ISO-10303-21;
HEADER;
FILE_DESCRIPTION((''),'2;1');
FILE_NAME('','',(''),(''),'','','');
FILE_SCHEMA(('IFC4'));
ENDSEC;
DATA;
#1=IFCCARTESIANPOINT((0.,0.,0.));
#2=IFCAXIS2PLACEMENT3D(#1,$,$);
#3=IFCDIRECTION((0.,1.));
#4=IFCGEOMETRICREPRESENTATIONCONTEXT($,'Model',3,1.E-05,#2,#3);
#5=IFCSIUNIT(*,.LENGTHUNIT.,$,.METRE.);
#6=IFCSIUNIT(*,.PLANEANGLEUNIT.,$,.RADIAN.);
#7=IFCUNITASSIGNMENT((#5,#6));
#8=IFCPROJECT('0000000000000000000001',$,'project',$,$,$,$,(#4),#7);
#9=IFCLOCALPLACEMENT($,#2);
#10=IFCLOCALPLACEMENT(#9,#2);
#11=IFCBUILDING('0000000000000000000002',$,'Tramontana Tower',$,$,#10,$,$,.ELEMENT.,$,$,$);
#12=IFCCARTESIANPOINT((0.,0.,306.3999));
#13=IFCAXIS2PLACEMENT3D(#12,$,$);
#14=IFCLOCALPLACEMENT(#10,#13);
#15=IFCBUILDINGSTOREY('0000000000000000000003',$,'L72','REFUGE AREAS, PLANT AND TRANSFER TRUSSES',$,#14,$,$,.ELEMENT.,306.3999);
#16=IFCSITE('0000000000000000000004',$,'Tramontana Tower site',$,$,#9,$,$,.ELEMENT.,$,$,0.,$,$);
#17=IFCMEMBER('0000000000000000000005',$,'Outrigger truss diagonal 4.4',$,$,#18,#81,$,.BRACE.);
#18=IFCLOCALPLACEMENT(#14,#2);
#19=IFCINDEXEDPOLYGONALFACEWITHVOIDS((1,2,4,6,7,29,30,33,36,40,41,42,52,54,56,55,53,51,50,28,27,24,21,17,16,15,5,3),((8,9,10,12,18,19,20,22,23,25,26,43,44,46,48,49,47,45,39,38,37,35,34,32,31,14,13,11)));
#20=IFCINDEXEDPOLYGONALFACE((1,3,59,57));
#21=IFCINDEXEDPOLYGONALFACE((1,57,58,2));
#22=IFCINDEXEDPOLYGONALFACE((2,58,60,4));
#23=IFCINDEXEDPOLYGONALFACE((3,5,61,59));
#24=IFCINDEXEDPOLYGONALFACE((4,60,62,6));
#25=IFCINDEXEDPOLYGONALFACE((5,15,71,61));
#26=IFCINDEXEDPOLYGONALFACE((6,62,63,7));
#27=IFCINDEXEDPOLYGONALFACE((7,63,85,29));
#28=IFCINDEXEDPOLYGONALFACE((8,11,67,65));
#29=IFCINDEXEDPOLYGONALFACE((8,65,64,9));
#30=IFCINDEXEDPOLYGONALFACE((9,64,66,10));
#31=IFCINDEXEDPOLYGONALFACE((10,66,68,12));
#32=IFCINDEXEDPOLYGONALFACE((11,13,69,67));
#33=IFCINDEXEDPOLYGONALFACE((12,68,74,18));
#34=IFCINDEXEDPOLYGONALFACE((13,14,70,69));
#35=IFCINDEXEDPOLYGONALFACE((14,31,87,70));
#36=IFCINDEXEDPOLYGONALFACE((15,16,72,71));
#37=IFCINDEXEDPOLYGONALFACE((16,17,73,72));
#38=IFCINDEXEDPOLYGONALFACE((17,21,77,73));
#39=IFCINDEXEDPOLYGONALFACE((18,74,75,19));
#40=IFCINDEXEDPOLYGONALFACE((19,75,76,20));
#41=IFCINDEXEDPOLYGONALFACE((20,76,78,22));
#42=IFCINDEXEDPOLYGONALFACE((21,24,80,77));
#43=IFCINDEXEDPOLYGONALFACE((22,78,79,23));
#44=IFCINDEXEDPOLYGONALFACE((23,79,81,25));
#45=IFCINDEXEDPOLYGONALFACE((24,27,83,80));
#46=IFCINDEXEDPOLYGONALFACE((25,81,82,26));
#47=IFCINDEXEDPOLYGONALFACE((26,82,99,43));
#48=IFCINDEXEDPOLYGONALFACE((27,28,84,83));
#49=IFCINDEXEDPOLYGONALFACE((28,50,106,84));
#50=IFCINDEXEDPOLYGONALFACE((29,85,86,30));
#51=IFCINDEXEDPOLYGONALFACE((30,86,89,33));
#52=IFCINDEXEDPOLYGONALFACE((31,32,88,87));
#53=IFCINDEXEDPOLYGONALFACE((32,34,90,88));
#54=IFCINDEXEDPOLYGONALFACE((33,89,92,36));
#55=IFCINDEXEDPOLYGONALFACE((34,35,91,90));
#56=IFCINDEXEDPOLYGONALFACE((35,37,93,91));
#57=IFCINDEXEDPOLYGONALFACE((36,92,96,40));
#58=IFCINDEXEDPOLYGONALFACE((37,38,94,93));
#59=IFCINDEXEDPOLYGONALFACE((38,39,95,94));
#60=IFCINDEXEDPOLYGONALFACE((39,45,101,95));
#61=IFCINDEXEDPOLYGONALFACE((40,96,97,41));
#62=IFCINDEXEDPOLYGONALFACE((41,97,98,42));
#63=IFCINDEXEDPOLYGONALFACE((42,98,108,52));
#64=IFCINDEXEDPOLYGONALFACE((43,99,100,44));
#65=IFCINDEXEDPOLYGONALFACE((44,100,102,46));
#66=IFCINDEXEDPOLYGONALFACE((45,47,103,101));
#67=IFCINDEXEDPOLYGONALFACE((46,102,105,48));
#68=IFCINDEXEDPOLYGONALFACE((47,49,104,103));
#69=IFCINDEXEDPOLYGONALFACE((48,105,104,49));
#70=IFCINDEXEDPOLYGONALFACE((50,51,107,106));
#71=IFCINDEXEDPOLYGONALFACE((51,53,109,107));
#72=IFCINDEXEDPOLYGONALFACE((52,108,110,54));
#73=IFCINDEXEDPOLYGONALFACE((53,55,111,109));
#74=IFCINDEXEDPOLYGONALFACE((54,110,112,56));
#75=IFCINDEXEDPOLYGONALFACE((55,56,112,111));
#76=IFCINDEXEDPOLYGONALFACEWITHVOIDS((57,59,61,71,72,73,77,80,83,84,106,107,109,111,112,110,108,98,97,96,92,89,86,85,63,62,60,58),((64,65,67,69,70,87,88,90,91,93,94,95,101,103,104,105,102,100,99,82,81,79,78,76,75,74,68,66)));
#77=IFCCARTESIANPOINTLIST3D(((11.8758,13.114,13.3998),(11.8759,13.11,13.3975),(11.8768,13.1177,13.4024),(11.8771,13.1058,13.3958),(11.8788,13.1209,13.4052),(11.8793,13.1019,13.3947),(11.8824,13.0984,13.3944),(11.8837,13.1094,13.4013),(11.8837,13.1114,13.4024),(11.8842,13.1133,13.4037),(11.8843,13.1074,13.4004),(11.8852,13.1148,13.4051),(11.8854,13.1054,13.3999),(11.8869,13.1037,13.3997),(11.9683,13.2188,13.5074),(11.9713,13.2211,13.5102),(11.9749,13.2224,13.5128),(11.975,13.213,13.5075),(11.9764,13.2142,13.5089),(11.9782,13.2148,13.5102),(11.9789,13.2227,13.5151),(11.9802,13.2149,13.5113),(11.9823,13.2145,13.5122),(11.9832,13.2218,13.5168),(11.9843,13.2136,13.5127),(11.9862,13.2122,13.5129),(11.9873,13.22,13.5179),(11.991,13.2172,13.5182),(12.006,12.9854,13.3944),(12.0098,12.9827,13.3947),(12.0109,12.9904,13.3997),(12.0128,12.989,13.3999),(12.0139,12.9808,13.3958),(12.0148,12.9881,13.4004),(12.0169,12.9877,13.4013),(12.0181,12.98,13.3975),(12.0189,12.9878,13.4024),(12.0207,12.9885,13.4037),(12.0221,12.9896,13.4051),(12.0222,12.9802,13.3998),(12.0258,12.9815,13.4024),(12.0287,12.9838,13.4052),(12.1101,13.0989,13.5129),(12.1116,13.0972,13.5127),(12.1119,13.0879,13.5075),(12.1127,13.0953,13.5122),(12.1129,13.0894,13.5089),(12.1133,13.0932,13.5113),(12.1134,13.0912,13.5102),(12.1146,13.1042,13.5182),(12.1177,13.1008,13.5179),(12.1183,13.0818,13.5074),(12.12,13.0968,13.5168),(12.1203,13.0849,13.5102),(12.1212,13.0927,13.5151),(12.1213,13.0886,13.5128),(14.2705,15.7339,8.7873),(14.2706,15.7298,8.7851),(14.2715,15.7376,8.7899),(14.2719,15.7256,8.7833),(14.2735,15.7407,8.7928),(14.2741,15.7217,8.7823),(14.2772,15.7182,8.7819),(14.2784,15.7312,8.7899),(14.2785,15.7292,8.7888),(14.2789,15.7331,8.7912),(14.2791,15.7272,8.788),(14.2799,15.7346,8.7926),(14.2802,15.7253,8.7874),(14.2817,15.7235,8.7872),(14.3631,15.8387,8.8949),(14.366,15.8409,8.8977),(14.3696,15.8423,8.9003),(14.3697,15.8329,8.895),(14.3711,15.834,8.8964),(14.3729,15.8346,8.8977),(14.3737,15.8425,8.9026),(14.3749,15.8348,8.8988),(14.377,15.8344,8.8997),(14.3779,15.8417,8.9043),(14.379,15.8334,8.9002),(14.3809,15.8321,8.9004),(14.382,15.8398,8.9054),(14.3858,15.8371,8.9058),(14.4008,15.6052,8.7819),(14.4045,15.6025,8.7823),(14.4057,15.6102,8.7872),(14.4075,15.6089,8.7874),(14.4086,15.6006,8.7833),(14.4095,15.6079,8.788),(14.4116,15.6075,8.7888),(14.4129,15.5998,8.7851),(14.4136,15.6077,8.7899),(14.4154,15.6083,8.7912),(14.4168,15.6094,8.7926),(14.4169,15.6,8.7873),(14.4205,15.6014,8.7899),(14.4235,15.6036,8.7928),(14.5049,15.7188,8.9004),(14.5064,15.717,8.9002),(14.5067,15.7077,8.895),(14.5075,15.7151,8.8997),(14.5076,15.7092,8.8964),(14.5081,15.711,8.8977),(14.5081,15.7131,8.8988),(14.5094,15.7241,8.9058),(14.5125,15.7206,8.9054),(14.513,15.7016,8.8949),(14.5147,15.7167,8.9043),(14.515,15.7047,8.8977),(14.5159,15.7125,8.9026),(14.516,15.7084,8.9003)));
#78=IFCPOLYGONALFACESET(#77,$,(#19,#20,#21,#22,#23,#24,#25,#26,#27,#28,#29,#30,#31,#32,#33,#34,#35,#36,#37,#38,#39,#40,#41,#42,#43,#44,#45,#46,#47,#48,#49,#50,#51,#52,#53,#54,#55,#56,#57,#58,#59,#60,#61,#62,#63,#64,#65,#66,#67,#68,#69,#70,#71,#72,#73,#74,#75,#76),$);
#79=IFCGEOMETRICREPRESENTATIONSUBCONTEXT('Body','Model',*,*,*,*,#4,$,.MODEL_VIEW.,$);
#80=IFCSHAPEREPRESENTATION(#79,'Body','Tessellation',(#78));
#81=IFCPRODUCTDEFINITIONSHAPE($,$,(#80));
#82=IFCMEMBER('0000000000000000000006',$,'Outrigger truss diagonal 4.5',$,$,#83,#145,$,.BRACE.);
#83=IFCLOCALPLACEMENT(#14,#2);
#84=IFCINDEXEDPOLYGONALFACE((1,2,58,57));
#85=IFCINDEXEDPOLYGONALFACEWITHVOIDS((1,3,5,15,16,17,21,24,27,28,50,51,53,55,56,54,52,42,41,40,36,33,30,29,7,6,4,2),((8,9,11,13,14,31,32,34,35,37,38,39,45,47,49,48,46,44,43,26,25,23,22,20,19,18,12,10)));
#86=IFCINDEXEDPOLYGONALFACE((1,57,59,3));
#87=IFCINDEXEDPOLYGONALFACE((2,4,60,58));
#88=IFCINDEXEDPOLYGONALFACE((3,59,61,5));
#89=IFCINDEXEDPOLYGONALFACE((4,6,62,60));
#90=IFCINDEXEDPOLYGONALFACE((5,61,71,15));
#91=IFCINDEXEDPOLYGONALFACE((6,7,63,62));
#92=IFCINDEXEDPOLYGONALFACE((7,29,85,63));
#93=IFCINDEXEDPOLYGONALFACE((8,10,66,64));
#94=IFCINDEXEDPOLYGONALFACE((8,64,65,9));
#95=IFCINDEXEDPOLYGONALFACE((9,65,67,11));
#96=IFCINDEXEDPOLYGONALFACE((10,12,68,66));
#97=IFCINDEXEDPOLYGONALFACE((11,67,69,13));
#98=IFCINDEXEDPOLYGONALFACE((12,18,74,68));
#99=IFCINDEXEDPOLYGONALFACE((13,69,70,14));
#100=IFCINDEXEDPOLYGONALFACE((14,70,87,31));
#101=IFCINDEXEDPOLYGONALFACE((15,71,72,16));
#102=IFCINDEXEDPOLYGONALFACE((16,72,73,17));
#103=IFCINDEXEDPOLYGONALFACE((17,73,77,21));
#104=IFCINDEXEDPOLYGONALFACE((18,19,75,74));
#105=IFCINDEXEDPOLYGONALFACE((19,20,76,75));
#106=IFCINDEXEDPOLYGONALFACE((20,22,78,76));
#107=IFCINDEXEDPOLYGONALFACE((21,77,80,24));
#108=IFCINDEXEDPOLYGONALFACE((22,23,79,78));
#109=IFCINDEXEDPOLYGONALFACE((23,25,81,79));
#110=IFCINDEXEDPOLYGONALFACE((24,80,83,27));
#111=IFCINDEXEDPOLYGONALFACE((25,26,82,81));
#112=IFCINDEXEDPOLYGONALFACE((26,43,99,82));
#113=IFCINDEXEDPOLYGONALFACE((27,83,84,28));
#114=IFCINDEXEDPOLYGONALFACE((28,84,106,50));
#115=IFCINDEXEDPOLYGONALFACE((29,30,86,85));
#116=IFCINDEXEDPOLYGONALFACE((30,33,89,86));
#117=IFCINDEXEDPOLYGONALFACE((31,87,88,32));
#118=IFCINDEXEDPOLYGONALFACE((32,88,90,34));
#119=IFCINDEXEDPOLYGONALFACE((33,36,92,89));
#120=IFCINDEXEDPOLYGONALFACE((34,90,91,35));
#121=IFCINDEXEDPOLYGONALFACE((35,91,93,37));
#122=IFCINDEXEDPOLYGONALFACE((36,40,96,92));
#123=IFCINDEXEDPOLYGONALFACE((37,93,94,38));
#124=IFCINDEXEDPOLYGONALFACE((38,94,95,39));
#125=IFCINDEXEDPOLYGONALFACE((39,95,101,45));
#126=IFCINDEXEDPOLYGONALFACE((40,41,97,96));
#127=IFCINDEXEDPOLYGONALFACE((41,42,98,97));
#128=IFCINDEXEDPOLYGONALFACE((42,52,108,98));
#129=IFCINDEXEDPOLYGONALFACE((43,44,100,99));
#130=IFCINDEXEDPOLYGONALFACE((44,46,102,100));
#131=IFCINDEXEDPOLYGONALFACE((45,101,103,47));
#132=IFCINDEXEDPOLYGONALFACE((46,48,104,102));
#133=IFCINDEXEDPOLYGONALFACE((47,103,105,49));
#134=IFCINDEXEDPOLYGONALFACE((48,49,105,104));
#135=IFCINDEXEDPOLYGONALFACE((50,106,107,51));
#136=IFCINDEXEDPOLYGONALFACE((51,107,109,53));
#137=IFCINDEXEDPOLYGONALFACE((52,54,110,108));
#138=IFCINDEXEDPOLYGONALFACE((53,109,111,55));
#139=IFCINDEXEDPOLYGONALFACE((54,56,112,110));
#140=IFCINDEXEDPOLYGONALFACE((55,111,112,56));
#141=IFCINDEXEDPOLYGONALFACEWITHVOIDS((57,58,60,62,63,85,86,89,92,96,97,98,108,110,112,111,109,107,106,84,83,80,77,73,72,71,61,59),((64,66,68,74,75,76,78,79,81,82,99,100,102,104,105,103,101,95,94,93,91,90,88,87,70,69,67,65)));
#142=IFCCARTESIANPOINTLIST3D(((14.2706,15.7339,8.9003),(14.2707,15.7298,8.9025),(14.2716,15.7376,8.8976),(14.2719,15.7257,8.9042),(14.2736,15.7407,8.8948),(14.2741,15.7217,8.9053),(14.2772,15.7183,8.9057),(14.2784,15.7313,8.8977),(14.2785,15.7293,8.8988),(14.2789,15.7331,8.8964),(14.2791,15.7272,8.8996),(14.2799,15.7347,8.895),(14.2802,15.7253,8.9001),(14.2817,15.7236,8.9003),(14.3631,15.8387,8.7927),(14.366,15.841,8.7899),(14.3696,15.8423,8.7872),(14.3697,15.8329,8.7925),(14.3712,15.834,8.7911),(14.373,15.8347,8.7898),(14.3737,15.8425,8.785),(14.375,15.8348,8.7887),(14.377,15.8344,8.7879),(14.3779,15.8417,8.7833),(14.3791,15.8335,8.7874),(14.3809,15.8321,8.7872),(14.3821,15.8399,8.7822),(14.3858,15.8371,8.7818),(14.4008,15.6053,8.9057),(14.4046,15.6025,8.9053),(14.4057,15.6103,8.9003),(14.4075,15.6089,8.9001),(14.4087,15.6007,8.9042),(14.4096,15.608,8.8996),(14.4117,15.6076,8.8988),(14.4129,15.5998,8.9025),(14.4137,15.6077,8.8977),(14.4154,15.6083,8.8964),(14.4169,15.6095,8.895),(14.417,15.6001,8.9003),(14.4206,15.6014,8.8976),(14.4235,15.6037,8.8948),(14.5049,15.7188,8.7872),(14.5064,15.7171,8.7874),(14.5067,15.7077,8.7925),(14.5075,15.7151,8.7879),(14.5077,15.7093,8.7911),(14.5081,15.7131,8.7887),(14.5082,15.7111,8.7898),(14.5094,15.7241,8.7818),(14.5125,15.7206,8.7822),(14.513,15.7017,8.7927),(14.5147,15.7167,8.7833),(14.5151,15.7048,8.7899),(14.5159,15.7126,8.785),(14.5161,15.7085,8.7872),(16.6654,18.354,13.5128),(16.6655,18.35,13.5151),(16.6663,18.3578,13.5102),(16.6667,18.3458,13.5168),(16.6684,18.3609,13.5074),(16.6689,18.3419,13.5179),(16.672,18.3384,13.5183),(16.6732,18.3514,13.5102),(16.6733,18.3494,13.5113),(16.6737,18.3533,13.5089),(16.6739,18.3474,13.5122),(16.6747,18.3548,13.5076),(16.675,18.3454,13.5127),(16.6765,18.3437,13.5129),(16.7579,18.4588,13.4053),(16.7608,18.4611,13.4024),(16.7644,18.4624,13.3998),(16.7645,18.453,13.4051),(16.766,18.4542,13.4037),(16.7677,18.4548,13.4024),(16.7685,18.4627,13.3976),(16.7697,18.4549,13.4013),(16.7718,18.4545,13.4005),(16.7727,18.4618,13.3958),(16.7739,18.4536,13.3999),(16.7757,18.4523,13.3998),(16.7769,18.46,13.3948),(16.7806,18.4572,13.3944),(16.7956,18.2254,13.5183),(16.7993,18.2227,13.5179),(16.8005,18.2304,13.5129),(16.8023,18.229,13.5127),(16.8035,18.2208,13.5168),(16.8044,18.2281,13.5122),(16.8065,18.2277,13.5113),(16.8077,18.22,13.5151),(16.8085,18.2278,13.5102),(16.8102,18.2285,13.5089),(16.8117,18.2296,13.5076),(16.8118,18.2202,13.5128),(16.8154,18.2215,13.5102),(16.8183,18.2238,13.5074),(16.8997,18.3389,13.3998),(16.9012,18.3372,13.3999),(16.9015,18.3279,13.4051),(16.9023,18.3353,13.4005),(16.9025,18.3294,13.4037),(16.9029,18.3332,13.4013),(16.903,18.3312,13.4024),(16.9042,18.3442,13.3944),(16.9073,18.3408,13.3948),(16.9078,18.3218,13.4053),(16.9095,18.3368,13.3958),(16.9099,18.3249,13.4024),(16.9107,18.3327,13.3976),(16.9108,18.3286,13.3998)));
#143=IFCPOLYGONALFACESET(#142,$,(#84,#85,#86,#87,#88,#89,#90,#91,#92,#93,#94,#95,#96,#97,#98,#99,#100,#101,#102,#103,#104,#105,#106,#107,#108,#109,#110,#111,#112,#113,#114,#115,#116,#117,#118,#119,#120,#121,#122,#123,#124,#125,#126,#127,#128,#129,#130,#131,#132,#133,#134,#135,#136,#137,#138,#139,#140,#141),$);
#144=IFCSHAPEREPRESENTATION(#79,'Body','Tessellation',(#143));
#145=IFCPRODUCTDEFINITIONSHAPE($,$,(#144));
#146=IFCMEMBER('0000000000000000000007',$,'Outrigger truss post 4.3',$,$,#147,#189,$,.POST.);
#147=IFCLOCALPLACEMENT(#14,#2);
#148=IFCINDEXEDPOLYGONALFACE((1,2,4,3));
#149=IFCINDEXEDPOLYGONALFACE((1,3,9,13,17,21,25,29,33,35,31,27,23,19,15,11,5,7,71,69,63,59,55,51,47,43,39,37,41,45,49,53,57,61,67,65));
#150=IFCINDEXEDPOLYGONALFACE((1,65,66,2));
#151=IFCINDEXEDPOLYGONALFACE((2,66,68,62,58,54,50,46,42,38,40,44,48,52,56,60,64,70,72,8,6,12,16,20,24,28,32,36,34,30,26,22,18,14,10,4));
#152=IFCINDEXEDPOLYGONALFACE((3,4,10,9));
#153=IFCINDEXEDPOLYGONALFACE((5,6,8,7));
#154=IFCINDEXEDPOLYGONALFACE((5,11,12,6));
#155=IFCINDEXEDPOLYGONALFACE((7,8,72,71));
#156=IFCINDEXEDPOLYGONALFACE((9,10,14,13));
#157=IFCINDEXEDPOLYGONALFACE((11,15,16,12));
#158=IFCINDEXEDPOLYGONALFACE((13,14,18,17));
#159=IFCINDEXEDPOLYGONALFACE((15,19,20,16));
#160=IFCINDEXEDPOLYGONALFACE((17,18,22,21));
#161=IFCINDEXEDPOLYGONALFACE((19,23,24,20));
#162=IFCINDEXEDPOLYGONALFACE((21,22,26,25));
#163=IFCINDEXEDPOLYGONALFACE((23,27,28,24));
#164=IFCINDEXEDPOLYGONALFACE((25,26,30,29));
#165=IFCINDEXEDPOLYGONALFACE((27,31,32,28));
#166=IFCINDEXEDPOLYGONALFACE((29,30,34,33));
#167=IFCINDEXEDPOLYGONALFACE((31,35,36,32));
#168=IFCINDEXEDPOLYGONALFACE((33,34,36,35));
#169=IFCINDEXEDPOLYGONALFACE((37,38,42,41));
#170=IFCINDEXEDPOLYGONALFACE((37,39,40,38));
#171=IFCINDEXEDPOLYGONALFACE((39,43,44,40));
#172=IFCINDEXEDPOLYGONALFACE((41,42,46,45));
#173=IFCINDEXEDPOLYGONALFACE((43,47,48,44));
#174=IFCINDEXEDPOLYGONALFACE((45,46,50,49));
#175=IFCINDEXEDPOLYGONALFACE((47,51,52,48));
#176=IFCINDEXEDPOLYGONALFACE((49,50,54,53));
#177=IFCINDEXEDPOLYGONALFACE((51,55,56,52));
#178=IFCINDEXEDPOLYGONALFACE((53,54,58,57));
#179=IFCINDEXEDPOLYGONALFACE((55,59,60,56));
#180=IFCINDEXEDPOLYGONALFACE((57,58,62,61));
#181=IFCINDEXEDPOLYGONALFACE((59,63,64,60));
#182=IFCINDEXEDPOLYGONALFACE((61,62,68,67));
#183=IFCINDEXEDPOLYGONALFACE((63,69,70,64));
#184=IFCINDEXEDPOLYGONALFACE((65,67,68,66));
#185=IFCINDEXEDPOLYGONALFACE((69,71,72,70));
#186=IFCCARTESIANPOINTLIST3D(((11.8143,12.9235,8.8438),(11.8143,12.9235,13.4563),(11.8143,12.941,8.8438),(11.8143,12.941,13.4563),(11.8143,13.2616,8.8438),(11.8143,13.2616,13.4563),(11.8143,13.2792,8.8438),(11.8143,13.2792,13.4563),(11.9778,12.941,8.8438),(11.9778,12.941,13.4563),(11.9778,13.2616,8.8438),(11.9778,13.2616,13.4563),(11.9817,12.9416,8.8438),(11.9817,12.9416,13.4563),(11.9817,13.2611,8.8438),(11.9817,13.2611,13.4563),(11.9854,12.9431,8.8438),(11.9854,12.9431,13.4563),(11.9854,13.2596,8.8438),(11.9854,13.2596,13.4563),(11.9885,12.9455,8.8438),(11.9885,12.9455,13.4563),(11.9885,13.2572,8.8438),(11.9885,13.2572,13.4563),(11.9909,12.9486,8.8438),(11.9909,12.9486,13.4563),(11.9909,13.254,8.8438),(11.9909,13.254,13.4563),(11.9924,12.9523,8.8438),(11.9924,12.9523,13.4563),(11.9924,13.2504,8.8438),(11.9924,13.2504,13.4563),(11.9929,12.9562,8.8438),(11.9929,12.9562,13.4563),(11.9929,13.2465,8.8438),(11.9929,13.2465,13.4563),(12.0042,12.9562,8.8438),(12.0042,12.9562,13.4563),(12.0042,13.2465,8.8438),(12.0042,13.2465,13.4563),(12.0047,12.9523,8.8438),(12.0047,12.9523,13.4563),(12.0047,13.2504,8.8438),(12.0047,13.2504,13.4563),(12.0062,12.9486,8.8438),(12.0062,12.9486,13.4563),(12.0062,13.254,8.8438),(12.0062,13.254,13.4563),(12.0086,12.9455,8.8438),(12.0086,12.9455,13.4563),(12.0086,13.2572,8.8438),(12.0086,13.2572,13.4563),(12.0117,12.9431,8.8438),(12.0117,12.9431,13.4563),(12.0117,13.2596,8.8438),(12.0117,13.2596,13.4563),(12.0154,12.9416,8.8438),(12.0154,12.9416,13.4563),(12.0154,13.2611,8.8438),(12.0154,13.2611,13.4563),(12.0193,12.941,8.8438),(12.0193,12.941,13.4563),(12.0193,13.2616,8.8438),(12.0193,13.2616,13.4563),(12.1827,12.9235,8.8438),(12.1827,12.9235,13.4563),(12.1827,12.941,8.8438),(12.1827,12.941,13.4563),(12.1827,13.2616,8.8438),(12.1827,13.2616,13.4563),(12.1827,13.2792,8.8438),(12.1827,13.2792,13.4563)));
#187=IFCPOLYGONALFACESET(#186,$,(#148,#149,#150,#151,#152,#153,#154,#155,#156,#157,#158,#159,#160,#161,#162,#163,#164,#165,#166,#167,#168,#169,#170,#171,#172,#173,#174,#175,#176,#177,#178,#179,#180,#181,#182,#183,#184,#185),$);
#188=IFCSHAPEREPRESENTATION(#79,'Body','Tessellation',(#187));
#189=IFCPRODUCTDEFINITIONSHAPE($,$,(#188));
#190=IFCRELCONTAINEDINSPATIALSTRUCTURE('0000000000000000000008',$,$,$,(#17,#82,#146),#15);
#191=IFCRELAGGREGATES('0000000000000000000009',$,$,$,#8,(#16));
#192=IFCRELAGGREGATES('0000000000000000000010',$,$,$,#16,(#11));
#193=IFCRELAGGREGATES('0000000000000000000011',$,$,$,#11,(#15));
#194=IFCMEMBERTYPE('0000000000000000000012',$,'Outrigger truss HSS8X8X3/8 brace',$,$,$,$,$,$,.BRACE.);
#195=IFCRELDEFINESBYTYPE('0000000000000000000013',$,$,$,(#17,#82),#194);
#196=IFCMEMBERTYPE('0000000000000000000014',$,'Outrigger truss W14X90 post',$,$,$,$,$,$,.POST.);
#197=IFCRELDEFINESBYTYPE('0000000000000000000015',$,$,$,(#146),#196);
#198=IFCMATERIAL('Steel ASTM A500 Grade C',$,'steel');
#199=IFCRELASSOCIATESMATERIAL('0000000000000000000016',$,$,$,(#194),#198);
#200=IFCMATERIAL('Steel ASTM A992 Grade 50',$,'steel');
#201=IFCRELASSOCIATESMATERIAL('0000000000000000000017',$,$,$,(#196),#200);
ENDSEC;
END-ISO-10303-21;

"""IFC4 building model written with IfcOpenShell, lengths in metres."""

from ifc_helpers import new_model, si_unit, direction, frame, origin, origin_2d, place, context, subcontext, project, spatial, hollow_rectangle, i_section, extrude, material, material_profile, profile_set, type_object, element, save


model = new_model("IFC4")

# Units and contexts
model_context = context("Model", 3, precision=1e-05, world=origin(), true_north=direction((0.0, 1.0)))
body_context = subcontext(model_context, "Body", "Model", "MODEL_VIEW")
ifc_project = project(units=[si_unit("LENGTHUNIT", "METRE"), si_unit("PLANEANGLEUNIT", "RADIAN")], contexts=[model_context])

# Site, building, storey
site_placement = place(None, origin())
site = spatial("IfcSite", under=ifc_project, at=site_placement, Name="Tramontana Tower site", CompositionType="ELEMENT", RefElevation=0.0)
building_placement = place(site_placement, origin())
building = spatial("IfcBuilding", under=site, at=building_placement, Name="Tramontana Tower", CompositionType="ELEMENT")
storey_placement = place(building_placement, frame((0.0, 0.0, 306.3999)))
storey = spatial("IfcBuildingStorey", under=building, at=storey_placement, Name="L72", Description="REFUGE AREAS, PLANT AND TRANSFER TRUSSES", CompositionType="ELEMENT", Elevation=306.3999)

# Members
ifc_material_1 = material(Name="Steel ASTM A500 Grade C", Category="steel")
ifc_material_profile_1 = material_profile(ifc_material_1, hollow_rectangle(XDim=0.2031, YDim=0.2031, WallThickness=0.0088, InnerFilletRadius=0.0088, OuterFilletRadius=0.0178, at=origin_2d()), Name="HSS8X8X3/8")
ifc_profile_set_1 = profile_set([ifc_material_profile_1], Name="Steel ASTM A500 Grade C")
member_type_1 = type_object("IfcMemberType", Name="Outrigger truss HSS8X8X3/8 brace", PredefinedType="BRACE", material=ifc_profile_set_1)
member_1_placement = place(storey_placement, frame((11.9985, 13.1013, 13.4563), z_axis=(0.411462, 0.450137, -0.792512), x_axis=(-0.738104, 0.674687, 0.0)))
element("IfcMember", 1, at=member_1_placement, inside=storey, type_object=member_type_1, Name="Outrigger truss diagonal 4.4", PredefinedType="BRACE", context=body_context, shape_type="SweptSolid", body=[
    extrude(hollow_rectangle(XDim=0.2031, YDim=0.2031, WallThickness=0.0088, InnerFilletRadius=0.0088, OuterFilletRadius=0.0178, at=origin_2d()), origin(), (0.0, 0.0, 1.0), 5.8201),
])
member_2_placement = place(storey_placement, frame((14.3933, 15.7212, 8.8438), z_axis=(0.411454, 0.450171, 0.792497), x_axis=(-0.738135, 0.674653, 0.0)))
element("IfcMember", 2, at=member_2_placement, inside=storey, type_object=member_type_1, Name="Outrigger truss diagonal 4.5", PredefinedType="BRACE", context=body_context, shape_type="SweptSolid", body=[
    extrude(hollow_rectangle(XDim=0.2031, YDim=0.2031, WallThickness=0.0088, InnerFilletRadius=0.0088, OuterFilletRadius=0.0178, at=origin_2d()), origin(), (0.0, 0.0, 1.0), 5.8203),
])
ifc_material_2 = material(Name="Steel ASTM A992 Grade 50", Category="steel")
ifc_material_profile_2 = material_profile(ifc_material_2, i_section(OverallWidth=0.3684, OverallDepth=0.3557, WebThickness=0.0112, FlangeThickness=0.0176, FilletRadius=0.0151, at=origin_2d()), Name="W14X90")
ifc_profile_set_2 = profile_set([ifc_material_profile_2], Name="Steel ASTM A992 Grade 50")
member_type_2 = type_object("IfcMemberType", Name="Outrigger truss W14X90 post", PredefinedType="POST", material=ifc_profile_set_2)
for number, where, z_axis, x_axis, name in (
    (3, (11.9985, 13.1013, 8.8438), (0.0, 0.0, 1.0), (1.0, 0.0, 0.0), "Outrigger truss post 4.3"),
):
    element("IfcMember", number, at=place(storey_placement, frame(where, z_axis=z_axis, x_axis=x_axis)), inside=storey, type_object=member_type_2, Name=name, PredefinedType="POST", context=body_context, shape_type="SweptSolid", body=[
        extrude(i_section(OverallWidth=0.3684, OverallDepth=0.3557, WebThickness=0.0112, FlangeThickness=0.0176, FilletRadius=0.0151, at=origin_2d()), origin(), (0.0, 0.0, 1.0), 4.6125),
    ])

save(model, "model.ifc")
